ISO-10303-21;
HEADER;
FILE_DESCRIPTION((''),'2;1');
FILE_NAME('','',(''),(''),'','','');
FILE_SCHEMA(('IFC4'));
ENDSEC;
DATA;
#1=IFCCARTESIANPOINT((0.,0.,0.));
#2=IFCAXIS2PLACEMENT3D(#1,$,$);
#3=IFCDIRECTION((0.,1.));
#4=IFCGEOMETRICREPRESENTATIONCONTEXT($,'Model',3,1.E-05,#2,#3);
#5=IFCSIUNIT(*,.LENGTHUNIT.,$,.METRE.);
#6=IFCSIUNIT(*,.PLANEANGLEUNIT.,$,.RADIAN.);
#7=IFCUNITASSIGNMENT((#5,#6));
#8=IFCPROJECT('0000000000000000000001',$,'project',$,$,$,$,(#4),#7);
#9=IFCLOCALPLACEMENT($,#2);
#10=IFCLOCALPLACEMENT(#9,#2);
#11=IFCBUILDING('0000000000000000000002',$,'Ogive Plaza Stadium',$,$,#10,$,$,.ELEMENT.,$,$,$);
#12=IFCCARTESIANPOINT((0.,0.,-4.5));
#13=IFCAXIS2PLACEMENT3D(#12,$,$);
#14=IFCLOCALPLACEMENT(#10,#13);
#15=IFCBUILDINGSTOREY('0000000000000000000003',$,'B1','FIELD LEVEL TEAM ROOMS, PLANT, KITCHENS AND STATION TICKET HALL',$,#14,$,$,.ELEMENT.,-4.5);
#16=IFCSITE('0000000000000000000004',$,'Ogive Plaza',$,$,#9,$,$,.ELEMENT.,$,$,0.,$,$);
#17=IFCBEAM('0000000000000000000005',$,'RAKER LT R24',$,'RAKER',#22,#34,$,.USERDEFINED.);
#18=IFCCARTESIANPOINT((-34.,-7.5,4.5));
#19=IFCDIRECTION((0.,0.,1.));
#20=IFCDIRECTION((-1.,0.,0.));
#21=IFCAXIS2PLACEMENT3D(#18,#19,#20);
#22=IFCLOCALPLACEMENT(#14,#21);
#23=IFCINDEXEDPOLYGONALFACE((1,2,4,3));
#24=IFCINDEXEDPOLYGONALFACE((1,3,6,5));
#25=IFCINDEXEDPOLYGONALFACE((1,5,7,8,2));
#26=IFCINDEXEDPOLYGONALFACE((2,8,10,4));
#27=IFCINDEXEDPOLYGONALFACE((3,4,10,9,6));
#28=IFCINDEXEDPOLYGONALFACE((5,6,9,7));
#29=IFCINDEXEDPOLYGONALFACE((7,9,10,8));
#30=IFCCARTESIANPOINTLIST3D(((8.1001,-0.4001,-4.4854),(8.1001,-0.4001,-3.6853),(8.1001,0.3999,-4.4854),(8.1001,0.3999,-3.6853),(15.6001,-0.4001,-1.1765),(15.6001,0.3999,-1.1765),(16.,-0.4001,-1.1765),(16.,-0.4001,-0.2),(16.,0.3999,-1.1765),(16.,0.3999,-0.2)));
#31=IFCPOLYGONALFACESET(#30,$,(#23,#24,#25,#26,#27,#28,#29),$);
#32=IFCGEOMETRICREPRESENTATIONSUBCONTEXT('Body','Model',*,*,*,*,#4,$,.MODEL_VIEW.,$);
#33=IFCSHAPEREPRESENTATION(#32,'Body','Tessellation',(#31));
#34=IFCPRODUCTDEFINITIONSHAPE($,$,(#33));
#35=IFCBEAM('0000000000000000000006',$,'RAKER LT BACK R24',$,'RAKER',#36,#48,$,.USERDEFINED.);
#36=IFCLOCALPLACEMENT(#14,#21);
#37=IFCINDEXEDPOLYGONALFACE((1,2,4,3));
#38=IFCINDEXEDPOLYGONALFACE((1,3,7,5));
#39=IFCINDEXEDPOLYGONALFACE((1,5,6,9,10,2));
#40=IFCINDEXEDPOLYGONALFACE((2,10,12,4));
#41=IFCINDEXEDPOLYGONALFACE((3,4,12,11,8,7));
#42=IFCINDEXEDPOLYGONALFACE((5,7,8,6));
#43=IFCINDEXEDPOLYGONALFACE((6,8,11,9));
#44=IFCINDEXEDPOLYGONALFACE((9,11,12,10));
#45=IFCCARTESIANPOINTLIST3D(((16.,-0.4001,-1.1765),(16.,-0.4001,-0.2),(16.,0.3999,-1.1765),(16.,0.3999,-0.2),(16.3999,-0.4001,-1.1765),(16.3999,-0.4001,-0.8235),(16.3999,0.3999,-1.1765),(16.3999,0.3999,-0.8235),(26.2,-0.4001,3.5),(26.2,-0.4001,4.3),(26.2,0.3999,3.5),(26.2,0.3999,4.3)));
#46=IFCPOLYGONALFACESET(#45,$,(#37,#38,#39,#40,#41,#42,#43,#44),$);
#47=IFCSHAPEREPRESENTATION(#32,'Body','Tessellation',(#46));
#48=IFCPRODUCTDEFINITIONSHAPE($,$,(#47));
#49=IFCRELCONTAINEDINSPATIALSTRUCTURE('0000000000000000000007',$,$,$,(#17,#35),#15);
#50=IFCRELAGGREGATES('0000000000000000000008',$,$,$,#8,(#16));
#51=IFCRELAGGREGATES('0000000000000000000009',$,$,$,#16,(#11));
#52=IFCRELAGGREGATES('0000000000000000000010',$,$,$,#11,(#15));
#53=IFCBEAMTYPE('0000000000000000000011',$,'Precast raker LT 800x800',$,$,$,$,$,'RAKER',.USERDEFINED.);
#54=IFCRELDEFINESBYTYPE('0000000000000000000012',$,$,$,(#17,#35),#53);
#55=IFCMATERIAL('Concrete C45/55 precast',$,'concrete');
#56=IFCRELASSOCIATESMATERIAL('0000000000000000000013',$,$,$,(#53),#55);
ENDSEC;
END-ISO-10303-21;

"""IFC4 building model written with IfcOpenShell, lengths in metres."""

from ifc_helpers import new_model, si_unit, direction, frame, origin, origin_2d, place, context, subcontext, project, spatial, polyline, rectangle, outline, extrude, material, material_profile, profile_set, type_object, element, save


model = new_model("IFC4")

# Units and contexts
model_context = context("Model", 3, precision=1e-05, world=origin(), true_north=direction((0.0, 1.0)))
body_context = subcontext(model_context, "Body", "Model", "MODEL_VIEW")
ifc_project = project(units=[si_unit("LENGTHUNIT", "METRE"), si_unit("PLANEANGLEUNIT", "RADIAN")], contexts=[model_context])

# Site, building, storey
site_placement = place(None, origin())
site = spatial("IfcSite", under=ifc_project, at=site_placement, Name="Ogive Plaza", CompositionType="ELEMENT", RefElevation=0.0)
building_placement = place(site_placement, origin())
building = spatial("IfcBuilding", under=site, at=building_placement, Name="Ogive Plaza Stadium", CompositionType="ELEMENT")
storey_placement = place(building_placement, frame((0.0, 0.0, -4.5)))
storey = spatial("IfcBuildingStorey", under=building, at=storey_placement, Name="B1", Description="FIELD LEVEL TEAM ROOMS, PLANT, KITCHENS AND STATION TICKET HALL", CompositionType="ELEMENT", Elevation=-4.5)

# Beams
ifc_material_1 = material(Name="Concrete C45/55 precast", Category="concrete")
ifc_material_profile_1 = material_profile(ifc_material_1, rectangle(XDim=0.8, YDim=0.8, at=origin_2d()), Name="RC 800x800")
ifc_profile_set_1 = profile_set([ifc_material_profile_1], Name="Concrete C45/55 precast")
beam_type = type_object("IfcBeamType", Name="Precast raker LT 800x800", ElementType="RAKER", PredefinedType="USERDEFINED", material=ifc_profile_set_1)
beam_1_placement = place(storey_placement, frame((-34.0, -7.5, 4.5), z_axis=(0.0, 0.0, 1.0), x_axis=(-1.0, 0.0, 0.0)))
element("IfcBeam", 1, at=beam_1_placement, inside=storey, type_object=beam_type, Name="RAKER LT R24", ObjectType="RAKER", PredefinedType="USERDEFINED", context=body_context, shape_type="SweptSolid", body=[
    extrude(outline(polyline([(8.1001, -4.4854), (15.6001, -1.1765), (16.0, -1.1765), (16.0, -0.2), (8.1001, -3.6853), (8.1001, -4.4854)])), frame((0.0, 0.3999, 0.0), z_axis=(0.0, -1.0, 0.0), x_axis=(1.0, 0.0, 0.0)), (0.0, 0.0, 1.0), 0.8),
])
beam_2_placement = place(storey_placement, frame((-34.0, -7.5, 4.5), z_axis=(0.0, 0.0, 1.0), x_axis=(-1.0, 0.0, 0.0)))
element("IfcBeam", 2, at=beam_2_placement, inside=storey, type_object=beam_type, Name="RAKER LT BACK R24", ObjectType="RAKER", PredefinedType="USERDEFINED", context=body_context, shape_type="SweptSolid", body=[
    extrude(outline(polyline([(16.0, -1.1765), (16.3999, -1.1765), (16.3999, -0.8235), (26.2, 3.5), (26.2, 4.3), (16.0, -0.2), (16.0, -1.1765)])), frame((0.0, 0.3999, 0.0), z_axis=(0.0, -1.0, 0.0), x_axis=(1.0, 0.0, 0.0)), (0.0, 0.0, 1.0), 0.8),
])

save(model, "model.ifc")
